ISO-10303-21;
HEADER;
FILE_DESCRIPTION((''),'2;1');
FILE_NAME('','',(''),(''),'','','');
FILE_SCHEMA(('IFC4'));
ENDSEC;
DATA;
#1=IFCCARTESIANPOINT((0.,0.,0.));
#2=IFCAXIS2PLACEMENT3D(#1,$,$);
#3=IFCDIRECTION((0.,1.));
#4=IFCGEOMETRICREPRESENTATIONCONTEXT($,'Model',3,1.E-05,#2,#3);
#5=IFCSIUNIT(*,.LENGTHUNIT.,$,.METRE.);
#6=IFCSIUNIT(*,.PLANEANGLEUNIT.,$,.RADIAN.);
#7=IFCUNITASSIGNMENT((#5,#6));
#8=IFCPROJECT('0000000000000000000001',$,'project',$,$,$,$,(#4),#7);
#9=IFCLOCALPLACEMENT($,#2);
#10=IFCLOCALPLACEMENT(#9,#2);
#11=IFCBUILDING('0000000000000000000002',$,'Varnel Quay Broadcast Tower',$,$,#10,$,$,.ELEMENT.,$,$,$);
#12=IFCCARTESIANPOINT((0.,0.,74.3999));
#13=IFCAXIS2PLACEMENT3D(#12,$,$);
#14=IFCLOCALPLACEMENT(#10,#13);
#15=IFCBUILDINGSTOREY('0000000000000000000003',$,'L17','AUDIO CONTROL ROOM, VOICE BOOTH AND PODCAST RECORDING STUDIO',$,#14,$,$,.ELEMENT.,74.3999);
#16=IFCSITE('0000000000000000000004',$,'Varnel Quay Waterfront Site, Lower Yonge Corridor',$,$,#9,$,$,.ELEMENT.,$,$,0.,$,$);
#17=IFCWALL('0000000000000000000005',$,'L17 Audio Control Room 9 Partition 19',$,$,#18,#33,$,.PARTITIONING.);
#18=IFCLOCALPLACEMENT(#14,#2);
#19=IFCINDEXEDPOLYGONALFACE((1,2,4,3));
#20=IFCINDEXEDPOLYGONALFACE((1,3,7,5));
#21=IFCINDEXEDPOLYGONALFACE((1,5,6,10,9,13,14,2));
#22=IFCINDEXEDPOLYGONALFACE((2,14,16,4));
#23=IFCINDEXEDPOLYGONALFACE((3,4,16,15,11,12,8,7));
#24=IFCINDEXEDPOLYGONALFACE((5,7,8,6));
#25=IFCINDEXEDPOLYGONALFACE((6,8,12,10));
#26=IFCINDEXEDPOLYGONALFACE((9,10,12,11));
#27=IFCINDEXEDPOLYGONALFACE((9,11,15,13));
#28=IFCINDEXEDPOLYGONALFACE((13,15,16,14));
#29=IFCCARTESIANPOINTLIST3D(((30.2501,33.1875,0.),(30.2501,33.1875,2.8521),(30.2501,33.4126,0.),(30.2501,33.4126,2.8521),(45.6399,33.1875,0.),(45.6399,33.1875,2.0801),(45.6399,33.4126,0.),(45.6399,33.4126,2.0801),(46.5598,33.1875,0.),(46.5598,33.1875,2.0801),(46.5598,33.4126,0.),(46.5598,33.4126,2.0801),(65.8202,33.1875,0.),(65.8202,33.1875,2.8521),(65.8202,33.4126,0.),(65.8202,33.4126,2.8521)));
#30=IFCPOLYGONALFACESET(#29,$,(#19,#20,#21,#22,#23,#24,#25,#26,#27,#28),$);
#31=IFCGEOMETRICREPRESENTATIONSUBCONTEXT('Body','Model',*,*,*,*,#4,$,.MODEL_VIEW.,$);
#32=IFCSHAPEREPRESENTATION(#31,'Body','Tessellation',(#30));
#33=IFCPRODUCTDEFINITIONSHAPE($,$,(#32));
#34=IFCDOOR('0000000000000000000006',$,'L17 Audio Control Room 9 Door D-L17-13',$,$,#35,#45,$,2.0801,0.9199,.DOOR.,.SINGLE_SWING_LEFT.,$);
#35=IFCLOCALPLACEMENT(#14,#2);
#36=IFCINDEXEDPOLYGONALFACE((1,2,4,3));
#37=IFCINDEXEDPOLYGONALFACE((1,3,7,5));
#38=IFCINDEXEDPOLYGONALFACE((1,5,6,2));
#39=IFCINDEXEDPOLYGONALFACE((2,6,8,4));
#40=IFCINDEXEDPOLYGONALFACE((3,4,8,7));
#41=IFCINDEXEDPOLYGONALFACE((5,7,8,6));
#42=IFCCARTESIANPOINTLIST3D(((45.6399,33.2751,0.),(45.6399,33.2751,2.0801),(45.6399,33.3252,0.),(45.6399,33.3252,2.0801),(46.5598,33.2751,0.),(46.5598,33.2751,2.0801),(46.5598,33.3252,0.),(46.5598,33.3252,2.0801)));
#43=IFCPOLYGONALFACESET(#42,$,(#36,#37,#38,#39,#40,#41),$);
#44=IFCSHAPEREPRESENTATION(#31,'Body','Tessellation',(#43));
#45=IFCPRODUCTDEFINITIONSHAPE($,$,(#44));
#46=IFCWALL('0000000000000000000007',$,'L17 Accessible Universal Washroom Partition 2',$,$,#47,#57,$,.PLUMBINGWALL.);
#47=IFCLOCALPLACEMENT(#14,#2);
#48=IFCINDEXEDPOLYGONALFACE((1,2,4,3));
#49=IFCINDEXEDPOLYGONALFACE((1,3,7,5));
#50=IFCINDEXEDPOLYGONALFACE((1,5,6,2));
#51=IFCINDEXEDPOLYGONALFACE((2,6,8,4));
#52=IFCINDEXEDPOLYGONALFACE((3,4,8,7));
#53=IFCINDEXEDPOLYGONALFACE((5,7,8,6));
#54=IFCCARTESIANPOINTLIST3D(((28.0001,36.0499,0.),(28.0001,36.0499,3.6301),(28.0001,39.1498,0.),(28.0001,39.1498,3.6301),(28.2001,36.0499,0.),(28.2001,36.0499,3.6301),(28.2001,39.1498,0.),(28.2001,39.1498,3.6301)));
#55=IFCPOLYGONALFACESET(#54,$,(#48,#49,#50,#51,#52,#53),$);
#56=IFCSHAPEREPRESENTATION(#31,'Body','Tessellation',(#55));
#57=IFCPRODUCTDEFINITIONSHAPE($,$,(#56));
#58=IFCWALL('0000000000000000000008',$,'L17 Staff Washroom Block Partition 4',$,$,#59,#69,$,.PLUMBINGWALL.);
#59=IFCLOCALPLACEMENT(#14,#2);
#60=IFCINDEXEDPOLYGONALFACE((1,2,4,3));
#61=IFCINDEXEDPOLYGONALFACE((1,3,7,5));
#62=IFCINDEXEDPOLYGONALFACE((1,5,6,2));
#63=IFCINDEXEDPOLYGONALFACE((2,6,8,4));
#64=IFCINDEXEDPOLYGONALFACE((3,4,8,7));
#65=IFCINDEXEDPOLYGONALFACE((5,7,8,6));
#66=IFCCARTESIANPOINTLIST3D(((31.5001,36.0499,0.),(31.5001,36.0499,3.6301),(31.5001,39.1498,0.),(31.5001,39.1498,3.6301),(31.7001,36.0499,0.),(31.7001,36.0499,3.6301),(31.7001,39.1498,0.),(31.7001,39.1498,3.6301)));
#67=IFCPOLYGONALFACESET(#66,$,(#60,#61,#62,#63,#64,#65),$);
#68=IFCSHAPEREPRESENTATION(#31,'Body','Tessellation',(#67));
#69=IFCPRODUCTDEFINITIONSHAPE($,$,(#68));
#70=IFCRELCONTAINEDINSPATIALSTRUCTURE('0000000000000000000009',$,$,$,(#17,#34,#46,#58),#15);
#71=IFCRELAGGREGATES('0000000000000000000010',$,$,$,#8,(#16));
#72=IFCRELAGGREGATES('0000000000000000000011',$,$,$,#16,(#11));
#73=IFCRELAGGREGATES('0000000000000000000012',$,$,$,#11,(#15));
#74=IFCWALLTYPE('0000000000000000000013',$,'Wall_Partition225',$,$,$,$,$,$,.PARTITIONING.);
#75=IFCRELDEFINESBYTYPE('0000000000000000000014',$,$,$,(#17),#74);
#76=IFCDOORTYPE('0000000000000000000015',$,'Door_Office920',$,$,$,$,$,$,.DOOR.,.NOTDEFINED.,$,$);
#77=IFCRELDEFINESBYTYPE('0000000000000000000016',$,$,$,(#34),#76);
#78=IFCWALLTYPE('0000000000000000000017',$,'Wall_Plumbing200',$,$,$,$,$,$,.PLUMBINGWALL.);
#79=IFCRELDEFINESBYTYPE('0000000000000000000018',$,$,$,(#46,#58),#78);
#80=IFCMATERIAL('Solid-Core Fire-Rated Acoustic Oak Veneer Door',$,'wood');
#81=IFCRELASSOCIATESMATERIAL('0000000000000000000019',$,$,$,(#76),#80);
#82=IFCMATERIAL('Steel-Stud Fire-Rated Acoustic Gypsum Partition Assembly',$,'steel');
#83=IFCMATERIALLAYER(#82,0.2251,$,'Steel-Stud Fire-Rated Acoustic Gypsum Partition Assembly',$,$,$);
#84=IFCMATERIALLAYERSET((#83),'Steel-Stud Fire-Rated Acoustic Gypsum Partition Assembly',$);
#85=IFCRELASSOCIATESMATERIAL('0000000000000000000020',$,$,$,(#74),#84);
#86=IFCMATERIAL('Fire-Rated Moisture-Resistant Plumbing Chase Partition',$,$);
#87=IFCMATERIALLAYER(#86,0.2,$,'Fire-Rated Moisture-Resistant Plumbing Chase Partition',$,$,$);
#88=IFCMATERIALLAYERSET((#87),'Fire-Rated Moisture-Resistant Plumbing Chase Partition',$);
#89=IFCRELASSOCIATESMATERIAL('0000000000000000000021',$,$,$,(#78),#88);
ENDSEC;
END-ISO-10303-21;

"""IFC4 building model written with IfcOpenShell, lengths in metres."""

from ifc_helpers import new_model, si_unit, direction, frame, frame_2d, origin, place, context, subcontext, project, spatial, rectangle, extrude, source, transform, mapped, material, layer, layer_set, type_object, type_shapes, element, fill, save


model = new_model("IFC4")

# Units and contexts
model_context = context("Model", 3, precision=1e-05, world=origin(), true_north=direction((0.0, 1.0)))
body_context = subcontext(model_context, "Body", "Model", "MODEL_VIEW")
ifc_project = project(units=[si_unit("LENGTHUNIT", "METRE"), si_unit("PLANEANGLEUNIT", "RADIAN")], contexts=[model_context])

# Site, building, storey
site_placement = place(None, origin())
site = spatial("IfcSite", under=ifc_project, at=site_placement, Name="Varnel Quay Waterfront Site, Lower Yonge Corridor", CompositionType="ELEMENT", RefElevation=0.0)
building_placement = place(site_placement, origin())
building = spatial("IfcBuilding", under=site, at=building_placement, Name="Varnel Quay Broadcast Tower", CompositionType="ELEMENT")
storey_placement = place(building_placement, frame((0.0, 0.0, 74.3999)))
storey = spatial("IfcBuildingStorey", under=building, at=storey_placement, Name="L17", Description="AUDIO CONTROL ROOM, VOICE BOOTH AND PODCAST RECORDING STUDIO", CompositionType="ELEMENT", Elevation=74.3999)

# Shared definitions
ifc_material_1 = material(Name="Solid-Core Fire-Rated Acoustic Oak Veneer Door", Category="wood")
door_type_1 = type_object("IfcDoorType", Name="Door_Office920", OperationType="NOTDEFINED", PredefinedType="DOOR", material=ifc_material_1)
shared_shape_1 = source(origin(), body_context, "Body", "SweptSolid", [
    extrude(rectangle(XDim=0.9199, YDim=2.0801, at=frame_2d((0.46, 1.04))), frame((0.0, 0.0249, 0.0), z_axis=(0.0, -1.0, 0.0), x_axis=(1.0, 0.0, 0.0)), (0.0, 0.0, 1.0), 0.05),
])
type_shapes(door_type_1, [shared_shape_1])

# Shared definitions
ifc_material_2 = material(Name="Steel-Stud Fire-Rated Acoustic Gypsum Partition Assembly", Category="steel")
ifc_layer_1 = layer(ifc_material_2, 0.2251, Name="Steel-Stud Fire-Rated Acoustic Gypsum Partition Assembly")
ifc_layer_set_1 = layer_set([ifc_layer_1], Name="Steel-Stud Fire-Rated Acoustic Gypsum Partition Assembly")
wall_type_1 = type_object("IfcWallType", Name="Wall_Partition225", PredefinedType="PARTITIONING", material=ifc_layer_set_1)

# Wall, opening, door
wall_1_placement = place(storey_placement, frame((30.25, 33.3, 0.0), z_axis=(0.0, 0.0, 1.0), x_axis=(1.0, 0.0, 0.0)))
wall_1 = element("IfcWall", 1, at=wall_1_placement, inside=storey, type_object=wall_type_1, Name="L17 Audio Control Room 9 Partition 19", PredefinedType="PARTITIONING", context=body_context, shape_type="SweptSolid", body=[
    extrude(rectangle(XDim=35.5701, YDim=0.2251, at=frame_2d((17.7852, 0.0))), origin(), (0.0, 0.0, 1.0), 2.8521),
])
opening_1_placement = place(wall_1_placement, frame((15.3899, 0.0, 0.0)))
opening_1 = element("IfcOpeningElement", 2, at=opening_1_placement, cuts=wall_1, PredefinedType="OPENING", context=body_context, shape_type="SweptSolid", body=[
    extrude(rectangle(XDim=0.9199, YDim=2.0801, at=frame_2d((0.46, 1.04))), frame((0.0, 0.1226, 0.0), z_axis=(0.0, -1.0, 0.0), x_axis=(1.0, 0.0, 0.0)), (0.0, 0.0, 1.0), 0.2451),
])
door_1_placement = place(opening_1_placement, frame((0.9199, 0.0, 0.0), z_axis=(0.0, 0.0, 1.0), x_axis=(-1.0, 0.0, 0.0)))
door_1 = element("IfcDoor", 3, at=door_1_placement, inside=storey, type_object=door_type_1, Name="L17 Audio Control Room 9 Door D-L17-13", OperationType="SINGLE_SWING_LEFT", OverallHeight=2.0801, OverallWidth=0.9199, PredefinedType="DOOR", context=body_context, shape_type="MappedRepresentation", body=[
    mapped(shared_shape_1, transform((0.0, 0.0, 0.0), x_axis=(1.0, 0.0, 0.0), y_axis=(0.0, 1.0, 0.0), z_axis=(0.0, 0.0, 1.0), scale=1.0)),
])
fill(opening_1, door_1)

# Walls
ifc_material_3 = material(Name="Fire-Rated Moisture-Resistant Plumbing Chase Partition")
ifc_layer_2 = layer(ifc_material_3, 0.2, Name="Fire-Rated Moisture-Resistant Plumbing Chase Partition")
ifc_layer_set_2 = layer_set([ifc_layer_2], Name="Fire-Rated Moisture-Resistant Plumbing Chase Partition")
wall_type_2 = type_object("IfcWallType", Name="Wall_Plumbing200", PredefinedType="PLUMBINGWALL", material=ifc_layer_set_2)
for number, where, z_axis, x_axis, name in (
    (4, (28.1001, 36.05, 0.0), (0.0, 0.0, 1.0), (0.0, 1.0, 0.0), "L17 Accessible Universal Washroom Partition 2"),
    (5, (31.6001, 36.05, 0.0), (0.0, 0.0, 1.0), (0.0, 1.0, 0.0), "L17 Staff Washroom Block Partition 4"),
):
    element("IfcWall", number, at=place(storey_placement, frame(where, z_axis=z_axis, x_axis=x_axis)), inside=storey, type_object=wall_type_2, Name=name, PredefinedType="PLUMBINGWALL", context=body_context, shape_type="SweptSolid", body=[
        extrude(rectangle(XDim=3.0999, YDim=0.2, at=frame_2d((1.5498, 0.0))), origin(), (0.0, 0.0, 1.0), 3.6301),
    ])

save(model, "model.ifc")
